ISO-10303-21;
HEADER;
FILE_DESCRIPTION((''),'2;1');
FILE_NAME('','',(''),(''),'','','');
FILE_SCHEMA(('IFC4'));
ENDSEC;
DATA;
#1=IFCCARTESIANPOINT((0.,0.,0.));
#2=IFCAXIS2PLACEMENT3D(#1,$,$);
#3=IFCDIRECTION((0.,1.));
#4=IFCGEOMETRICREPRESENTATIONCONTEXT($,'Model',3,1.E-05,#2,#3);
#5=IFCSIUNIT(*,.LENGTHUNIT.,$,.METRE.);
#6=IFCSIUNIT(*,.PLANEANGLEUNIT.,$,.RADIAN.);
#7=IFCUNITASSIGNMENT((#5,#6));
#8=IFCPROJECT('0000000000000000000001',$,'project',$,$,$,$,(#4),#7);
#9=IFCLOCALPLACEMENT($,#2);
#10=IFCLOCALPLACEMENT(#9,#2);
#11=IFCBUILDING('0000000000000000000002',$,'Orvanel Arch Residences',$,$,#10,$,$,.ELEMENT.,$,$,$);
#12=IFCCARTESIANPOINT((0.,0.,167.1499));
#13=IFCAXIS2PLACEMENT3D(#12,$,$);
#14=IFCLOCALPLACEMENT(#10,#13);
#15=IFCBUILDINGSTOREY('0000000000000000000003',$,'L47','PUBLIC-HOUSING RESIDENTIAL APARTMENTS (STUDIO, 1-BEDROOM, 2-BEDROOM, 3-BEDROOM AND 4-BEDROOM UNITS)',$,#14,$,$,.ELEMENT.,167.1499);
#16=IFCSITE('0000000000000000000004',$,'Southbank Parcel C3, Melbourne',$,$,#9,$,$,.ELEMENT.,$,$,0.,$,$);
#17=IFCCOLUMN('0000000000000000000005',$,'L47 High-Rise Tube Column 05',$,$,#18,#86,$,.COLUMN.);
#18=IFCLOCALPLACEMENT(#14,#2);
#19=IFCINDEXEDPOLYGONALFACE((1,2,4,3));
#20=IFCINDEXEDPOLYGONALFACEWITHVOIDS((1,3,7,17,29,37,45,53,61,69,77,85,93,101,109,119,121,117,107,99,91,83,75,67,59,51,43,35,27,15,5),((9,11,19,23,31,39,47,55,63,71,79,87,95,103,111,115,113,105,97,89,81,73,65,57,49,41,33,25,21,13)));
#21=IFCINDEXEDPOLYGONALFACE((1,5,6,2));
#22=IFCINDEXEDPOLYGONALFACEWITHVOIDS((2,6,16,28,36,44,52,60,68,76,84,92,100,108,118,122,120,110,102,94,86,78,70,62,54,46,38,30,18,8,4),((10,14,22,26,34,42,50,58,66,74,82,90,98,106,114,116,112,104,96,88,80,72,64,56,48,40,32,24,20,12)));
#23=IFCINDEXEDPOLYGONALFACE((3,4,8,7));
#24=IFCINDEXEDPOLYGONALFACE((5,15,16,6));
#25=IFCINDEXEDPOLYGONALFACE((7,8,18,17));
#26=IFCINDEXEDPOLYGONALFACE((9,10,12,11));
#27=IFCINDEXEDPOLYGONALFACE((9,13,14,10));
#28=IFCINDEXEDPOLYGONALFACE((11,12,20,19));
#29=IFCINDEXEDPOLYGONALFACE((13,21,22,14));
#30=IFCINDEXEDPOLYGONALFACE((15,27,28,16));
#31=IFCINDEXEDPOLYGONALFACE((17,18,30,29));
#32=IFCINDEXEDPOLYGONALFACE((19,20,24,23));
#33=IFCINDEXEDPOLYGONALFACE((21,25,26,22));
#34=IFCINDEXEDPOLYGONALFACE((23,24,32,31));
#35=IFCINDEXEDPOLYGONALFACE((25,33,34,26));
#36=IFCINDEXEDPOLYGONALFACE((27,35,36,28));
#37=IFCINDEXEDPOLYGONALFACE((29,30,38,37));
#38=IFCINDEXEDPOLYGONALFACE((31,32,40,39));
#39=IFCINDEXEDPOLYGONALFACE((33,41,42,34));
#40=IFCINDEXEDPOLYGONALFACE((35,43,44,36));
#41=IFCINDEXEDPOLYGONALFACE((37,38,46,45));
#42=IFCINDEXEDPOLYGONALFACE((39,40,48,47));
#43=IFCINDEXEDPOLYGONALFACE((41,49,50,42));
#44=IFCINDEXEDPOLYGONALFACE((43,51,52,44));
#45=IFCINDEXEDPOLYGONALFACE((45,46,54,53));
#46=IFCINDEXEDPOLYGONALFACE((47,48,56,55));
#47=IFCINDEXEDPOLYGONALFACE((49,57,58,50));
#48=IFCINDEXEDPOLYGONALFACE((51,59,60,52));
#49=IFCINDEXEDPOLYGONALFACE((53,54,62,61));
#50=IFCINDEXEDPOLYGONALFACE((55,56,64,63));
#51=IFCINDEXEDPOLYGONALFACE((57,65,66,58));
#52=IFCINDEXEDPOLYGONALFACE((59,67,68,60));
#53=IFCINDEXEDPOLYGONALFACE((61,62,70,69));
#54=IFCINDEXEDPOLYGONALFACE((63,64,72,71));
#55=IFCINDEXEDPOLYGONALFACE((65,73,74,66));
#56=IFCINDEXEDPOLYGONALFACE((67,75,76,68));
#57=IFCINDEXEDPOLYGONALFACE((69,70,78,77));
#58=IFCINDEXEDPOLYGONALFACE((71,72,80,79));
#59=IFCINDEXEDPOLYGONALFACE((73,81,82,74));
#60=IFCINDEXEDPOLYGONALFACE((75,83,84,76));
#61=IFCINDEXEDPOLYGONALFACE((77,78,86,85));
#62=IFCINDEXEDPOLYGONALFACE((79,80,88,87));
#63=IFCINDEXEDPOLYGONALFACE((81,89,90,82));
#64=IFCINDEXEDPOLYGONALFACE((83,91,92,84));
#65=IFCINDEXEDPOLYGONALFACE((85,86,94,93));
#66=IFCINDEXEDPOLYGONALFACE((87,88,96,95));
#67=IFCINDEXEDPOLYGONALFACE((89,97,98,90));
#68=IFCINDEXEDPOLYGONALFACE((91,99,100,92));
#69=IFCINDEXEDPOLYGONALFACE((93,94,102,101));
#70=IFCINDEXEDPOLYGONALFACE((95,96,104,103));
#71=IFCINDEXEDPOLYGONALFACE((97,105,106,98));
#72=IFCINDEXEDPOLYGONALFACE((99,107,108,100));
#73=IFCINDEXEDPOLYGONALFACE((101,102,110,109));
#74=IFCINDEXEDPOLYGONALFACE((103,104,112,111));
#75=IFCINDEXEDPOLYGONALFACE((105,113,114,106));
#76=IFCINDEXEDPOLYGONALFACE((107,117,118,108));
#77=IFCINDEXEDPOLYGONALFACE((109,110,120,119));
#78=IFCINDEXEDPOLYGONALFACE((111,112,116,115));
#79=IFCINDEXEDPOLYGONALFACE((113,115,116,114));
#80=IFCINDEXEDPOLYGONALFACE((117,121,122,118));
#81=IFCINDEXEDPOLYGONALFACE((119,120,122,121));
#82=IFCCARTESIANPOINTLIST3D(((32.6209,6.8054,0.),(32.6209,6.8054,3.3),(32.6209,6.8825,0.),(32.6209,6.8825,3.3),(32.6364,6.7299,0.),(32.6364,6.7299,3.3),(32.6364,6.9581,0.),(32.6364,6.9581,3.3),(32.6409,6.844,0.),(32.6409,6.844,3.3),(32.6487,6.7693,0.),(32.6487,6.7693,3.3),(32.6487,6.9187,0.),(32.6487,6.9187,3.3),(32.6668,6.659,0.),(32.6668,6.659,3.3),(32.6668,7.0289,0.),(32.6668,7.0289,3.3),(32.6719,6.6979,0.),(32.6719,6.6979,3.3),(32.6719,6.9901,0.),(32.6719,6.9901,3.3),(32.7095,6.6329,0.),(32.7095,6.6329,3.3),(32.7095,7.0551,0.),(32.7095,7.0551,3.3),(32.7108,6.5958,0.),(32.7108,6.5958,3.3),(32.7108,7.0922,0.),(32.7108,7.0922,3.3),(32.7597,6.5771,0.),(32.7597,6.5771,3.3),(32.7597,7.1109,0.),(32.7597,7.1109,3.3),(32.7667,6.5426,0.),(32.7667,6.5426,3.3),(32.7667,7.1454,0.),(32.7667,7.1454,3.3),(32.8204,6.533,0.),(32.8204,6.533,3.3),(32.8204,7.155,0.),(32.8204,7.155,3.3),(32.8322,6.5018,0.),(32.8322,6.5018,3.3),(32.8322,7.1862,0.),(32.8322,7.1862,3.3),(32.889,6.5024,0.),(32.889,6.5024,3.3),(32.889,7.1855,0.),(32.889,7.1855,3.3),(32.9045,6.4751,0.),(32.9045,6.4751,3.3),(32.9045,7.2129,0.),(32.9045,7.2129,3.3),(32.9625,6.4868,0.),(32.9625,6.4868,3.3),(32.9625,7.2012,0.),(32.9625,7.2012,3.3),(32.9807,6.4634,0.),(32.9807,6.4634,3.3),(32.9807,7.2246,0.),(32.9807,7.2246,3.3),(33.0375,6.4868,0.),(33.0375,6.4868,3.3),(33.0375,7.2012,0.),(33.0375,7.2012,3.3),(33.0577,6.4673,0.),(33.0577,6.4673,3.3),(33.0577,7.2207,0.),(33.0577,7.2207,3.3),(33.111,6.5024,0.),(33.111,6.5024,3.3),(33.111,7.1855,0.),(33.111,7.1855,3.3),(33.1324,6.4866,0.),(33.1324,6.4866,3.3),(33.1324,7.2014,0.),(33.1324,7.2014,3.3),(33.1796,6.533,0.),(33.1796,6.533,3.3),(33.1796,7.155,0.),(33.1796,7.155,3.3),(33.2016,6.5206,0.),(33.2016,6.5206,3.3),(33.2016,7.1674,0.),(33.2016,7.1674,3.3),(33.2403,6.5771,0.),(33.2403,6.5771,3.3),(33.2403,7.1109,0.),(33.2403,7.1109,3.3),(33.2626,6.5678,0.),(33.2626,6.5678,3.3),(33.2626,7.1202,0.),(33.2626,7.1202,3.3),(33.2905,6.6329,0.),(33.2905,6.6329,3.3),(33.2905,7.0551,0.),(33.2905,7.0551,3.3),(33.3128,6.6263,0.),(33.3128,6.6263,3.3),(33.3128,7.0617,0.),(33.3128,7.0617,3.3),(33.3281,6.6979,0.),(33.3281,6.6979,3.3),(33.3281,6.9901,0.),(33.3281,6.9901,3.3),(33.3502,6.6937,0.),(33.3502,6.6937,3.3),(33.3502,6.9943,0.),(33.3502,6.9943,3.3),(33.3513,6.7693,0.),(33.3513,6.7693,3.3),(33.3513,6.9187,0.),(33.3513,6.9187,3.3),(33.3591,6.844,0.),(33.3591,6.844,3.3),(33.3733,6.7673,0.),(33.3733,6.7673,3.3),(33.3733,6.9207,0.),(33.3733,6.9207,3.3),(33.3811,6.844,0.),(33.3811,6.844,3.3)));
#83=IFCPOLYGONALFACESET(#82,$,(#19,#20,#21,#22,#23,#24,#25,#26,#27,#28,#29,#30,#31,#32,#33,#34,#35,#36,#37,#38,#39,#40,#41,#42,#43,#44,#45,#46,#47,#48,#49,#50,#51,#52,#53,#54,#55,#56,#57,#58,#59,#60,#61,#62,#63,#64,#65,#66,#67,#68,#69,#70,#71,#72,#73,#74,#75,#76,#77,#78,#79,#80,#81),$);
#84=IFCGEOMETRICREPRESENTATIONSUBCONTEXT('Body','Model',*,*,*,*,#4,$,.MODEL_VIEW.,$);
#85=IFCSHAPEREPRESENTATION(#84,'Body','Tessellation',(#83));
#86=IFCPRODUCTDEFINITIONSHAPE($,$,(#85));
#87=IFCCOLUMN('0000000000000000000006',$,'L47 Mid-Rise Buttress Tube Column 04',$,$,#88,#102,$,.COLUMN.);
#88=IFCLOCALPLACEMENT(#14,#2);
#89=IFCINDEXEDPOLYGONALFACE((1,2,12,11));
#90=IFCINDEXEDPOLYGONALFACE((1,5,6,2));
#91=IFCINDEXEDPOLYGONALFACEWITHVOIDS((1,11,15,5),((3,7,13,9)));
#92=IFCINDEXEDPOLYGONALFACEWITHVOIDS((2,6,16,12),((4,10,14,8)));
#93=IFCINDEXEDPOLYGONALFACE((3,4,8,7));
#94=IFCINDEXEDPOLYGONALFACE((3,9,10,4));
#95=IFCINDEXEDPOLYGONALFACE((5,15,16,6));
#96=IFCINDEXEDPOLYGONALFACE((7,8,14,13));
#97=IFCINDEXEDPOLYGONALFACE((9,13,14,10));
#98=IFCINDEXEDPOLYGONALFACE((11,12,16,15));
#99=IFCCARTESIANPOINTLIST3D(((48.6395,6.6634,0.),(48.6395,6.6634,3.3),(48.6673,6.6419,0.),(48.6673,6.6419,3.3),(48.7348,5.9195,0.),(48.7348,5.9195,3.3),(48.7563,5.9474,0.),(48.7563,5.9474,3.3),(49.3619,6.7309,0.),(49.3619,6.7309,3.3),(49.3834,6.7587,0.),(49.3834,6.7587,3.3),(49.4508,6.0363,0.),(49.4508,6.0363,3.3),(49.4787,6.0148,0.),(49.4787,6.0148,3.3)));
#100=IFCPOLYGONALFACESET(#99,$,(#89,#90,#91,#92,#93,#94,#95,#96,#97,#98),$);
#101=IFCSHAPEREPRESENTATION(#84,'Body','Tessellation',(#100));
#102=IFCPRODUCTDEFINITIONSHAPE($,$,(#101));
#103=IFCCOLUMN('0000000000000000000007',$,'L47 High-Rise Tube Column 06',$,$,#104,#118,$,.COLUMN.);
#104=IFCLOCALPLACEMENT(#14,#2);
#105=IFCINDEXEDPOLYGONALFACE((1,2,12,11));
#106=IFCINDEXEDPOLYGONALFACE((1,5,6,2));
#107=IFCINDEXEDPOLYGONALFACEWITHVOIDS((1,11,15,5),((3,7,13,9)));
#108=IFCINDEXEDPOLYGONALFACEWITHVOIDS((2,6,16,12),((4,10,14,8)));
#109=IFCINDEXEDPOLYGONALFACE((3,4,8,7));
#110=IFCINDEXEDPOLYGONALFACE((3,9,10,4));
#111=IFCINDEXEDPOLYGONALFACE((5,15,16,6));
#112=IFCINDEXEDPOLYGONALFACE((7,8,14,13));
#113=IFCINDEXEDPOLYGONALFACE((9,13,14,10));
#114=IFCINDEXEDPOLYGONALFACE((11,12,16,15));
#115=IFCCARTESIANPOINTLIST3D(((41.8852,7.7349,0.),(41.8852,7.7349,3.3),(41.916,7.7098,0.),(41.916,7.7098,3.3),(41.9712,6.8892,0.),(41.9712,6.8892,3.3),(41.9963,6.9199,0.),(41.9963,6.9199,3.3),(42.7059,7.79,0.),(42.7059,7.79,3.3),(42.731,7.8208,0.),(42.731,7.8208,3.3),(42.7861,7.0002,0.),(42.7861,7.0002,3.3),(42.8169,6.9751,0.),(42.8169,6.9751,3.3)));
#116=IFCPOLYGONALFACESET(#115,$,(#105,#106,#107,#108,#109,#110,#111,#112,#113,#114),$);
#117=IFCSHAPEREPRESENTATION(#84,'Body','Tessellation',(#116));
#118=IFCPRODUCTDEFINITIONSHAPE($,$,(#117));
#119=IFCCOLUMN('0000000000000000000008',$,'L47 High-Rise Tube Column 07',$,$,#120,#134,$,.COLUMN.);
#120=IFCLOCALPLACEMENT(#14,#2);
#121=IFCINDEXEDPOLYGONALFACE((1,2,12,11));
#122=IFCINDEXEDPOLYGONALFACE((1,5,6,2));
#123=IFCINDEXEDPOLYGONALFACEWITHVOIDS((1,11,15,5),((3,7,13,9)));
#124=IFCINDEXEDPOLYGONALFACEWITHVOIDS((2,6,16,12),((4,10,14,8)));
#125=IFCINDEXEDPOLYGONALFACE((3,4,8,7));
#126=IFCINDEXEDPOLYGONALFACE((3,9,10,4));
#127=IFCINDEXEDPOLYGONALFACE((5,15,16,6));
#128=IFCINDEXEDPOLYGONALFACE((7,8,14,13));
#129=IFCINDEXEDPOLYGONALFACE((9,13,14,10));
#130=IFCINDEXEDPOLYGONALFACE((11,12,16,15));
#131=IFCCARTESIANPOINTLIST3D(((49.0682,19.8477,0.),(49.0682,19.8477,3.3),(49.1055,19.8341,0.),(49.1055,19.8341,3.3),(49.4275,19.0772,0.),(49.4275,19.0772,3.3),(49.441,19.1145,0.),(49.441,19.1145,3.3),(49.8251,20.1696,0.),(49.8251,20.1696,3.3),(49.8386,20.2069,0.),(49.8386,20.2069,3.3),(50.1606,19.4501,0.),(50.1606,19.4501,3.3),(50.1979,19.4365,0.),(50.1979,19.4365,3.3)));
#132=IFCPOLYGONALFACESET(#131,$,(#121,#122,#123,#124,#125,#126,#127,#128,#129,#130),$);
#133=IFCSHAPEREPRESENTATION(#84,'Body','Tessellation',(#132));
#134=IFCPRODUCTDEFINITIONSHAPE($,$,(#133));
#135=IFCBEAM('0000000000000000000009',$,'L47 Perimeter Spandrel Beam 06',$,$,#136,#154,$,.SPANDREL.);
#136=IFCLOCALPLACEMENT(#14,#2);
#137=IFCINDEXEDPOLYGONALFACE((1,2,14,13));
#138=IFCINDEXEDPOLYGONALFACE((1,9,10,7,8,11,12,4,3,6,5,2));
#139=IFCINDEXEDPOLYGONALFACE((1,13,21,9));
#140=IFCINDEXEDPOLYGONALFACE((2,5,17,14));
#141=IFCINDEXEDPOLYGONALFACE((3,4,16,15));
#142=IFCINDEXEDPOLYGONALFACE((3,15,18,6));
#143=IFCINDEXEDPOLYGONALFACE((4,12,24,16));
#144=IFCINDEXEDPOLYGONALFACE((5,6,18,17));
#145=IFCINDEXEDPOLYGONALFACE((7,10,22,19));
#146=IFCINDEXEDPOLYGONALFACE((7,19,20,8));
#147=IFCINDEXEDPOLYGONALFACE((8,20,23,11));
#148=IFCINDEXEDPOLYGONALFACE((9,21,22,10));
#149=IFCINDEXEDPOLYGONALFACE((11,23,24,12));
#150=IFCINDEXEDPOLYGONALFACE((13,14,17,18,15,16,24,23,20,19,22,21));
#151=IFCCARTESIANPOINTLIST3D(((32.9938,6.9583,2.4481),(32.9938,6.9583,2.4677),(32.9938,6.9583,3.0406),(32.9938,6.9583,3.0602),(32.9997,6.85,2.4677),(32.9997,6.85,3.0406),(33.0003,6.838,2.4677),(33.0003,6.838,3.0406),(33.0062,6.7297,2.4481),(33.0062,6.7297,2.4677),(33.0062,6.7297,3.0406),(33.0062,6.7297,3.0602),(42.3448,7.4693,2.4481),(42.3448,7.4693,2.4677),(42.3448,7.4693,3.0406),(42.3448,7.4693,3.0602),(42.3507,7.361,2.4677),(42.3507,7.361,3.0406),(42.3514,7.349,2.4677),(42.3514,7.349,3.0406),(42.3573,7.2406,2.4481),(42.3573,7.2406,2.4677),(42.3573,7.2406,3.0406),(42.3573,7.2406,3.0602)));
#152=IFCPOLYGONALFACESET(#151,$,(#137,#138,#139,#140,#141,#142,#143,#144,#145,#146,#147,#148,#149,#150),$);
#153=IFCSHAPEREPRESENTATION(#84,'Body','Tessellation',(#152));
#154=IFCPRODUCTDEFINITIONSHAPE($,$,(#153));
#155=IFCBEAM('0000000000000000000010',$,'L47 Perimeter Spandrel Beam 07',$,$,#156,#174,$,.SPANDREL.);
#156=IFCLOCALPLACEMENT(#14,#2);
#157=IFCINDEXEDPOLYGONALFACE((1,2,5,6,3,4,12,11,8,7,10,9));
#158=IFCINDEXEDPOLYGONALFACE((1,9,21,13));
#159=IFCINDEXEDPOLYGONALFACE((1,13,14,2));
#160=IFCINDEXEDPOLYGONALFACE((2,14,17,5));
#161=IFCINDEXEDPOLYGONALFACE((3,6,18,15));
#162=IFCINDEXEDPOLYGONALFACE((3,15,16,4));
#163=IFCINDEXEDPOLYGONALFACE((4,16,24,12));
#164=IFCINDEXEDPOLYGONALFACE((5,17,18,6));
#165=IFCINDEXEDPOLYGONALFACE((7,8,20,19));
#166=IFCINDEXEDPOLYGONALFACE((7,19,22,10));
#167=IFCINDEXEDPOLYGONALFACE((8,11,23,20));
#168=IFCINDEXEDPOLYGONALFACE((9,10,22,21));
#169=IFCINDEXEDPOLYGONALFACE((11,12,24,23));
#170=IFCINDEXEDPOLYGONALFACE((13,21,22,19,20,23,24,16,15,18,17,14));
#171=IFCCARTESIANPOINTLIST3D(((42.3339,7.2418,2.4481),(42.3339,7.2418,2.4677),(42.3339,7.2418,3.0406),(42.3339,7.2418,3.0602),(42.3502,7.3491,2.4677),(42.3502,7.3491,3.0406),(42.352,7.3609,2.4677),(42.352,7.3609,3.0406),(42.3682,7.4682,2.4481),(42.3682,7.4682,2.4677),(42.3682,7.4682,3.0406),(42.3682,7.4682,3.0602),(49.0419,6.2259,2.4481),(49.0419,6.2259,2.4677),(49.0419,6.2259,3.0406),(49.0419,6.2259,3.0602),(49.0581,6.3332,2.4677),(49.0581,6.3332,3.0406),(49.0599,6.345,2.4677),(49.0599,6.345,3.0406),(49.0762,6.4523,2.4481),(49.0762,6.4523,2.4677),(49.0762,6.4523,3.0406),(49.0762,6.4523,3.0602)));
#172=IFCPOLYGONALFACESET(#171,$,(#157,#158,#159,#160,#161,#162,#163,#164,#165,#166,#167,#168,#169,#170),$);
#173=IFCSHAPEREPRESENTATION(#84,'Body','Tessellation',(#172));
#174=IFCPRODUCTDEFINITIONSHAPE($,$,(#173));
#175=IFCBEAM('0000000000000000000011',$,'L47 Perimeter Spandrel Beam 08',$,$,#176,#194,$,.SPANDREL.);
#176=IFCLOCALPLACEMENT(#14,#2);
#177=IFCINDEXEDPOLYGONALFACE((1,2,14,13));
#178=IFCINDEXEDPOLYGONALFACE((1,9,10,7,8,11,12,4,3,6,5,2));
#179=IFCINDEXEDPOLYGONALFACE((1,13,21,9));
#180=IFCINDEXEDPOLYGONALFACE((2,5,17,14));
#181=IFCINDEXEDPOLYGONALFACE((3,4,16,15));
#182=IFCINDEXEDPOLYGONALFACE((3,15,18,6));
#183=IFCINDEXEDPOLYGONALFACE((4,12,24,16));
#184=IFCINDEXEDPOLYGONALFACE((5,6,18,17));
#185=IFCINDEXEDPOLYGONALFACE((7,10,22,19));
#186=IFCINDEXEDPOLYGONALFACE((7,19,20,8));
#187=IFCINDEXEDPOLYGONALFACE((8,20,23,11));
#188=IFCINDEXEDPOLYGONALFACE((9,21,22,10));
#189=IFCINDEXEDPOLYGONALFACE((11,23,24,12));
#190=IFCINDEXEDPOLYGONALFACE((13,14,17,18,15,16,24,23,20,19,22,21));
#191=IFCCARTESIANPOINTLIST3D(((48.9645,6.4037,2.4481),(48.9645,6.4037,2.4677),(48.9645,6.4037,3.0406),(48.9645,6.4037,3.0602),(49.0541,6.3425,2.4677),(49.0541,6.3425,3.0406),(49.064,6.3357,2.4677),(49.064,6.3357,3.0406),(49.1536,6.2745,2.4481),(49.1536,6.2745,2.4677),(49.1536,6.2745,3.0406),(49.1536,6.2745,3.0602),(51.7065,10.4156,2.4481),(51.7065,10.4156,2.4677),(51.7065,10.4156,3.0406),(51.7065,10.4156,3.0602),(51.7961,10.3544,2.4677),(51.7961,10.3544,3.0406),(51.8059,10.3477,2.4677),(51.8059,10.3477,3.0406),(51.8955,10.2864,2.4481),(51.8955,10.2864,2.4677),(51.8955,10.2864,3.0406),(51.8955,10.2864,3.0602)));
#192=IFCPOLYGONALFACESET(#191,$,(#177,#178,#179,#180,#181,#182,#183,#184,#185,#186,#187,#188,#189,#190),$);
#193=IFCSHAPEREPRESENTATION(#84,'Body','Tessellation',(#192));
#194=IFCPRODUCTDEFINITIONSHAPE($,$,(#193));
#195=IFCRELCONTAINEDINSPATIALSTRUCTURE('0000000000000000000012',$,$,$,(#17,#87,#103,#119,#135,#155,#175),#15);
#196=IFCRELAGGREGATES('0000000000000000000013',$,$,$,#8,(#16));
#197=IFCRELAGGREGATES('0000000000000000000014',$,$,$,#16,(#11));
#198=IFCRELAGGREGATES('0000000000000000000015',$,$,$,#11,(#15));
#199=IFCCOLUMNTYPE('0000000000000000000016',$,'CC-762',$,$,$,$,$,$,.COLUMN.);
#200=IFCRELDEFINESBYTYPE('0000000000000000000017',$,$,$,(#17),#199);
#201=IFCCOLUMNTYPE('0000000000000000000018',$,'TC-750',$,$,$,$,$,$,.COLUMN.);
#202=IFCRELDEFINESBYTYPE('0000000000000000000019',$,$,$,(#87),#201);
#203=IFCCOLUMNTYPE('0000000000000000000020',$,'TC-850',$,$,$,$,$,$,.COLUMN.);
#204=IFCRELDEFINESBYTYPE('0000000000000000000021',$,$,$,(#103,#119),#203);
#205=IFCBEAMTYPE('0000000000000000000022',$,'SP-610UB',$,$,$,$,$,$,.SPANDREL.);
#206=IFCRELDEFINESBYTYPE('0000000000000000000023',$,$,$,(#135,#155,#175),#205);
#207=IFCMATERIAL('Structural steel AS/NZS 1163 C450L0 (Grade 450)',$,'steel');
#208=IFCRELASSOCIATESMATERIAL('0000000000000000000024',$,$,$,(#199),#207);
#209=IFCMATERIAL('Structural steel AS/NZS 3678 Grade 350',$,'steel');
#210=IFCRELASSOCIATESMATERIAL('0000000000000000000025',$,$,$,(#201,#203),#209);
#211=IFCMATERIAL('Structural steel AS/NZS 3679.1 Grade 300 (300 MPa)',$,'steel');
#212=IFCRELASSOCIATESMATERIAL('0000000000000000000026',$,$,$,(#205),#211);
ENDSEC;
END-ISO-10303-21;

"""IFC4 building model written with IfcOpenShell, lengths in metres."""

from ifc_helpers import new_model, si_unit, direction, frame, origin, origin_2d, place, context, subcontext, project, spatial, hollow_rectangle, hollow_circle, i_section, extrude, material, material_profile, profile_set, type_object, element, save


model = new_model("IFC4")

# Units and contexts
model_context = context("Model", 3, precision=1e-05, world=origin(), true_north=direction((0.0, 1.0)))
body_context = subcontext(model_context, "Body", "Model", "MODEL_VIEW")
ifc_project = project(units=[si_unit("LENGTHUNIT", "METRE"), si_unit("PLANEANGLEUNIT", "RADIAN")], contexts=[model_context])

# Site, building, storey
site_placement = place(None, origin())
site = spatial("IfcSite", under=ifc_project, at=site_placement, Name="Southbank Parcel C3, Melbourne", CompositionType="ELEMENT", RefElevation=0.0)
building_placement = place(site_placement, origin())
building = spatial("IfcBuilding", under=site, at=building_placement, Name="Orvanel Arch Residences", CompositionType="ELEMENT")
storey_placement = place(building_placement, frame((0.0, 0.0, 167.1499)))
storey = spatial("IfcBuildingStorey", under=building, at=storey_placement, Name="L47", Description="PUBLIC-HOUSING RESIDENTIAL APARTMENTS (STUDIO, 1-BEDROOM, 2-BEDROOM, 3-BEDROOM AND 4-BEDROOM UNITS)", CompositionType="ELEMENT", Elevation=167.1499)

# Columns
ifc_material_1 = material(Name="Structural steel AS/NZS 1163 C450L0 (Grade 450)", Category="steel")
ifc_material_profile_1 = material_profile(ifc_material_1, hollow_circle(Radius=0.3811, WallThickness=0.022, at=origin_2d()), Name="CHS762x22")
ifc_profile_set_1 = profile_set([ifc_material_profile_1], Name="Structural steel AS/NZS 1163 C450L0 (Grade 450)")
column_type_1 = type_object("IfcColumnType", Name="CC-762", PredefinedType="COLUMN", material=ifc_profile_set_1)
column_1_placement = place(storey_placement, frame((33.0, 6.844, 0.0), z_axis=(0.0, 0.0, 1.0), x_axis=(1.0, 0.0, 0.0)))
element("IfcColumn", 1, at=column_1_placement, inside=storey, type_object=column_type_1, Name="L47 High-Rise Tube Column 05", PredefinedType="COLUMN", context=body_context, shape_type="SweptSolid", body=[
    extrude(hollow_circle(Radius=0.3811, WallThickness=0.022, at=origin_2d()), origin(), (0.0, 0.0, 1.0), 3.3),
])
ifc_material_2 = material(Name="Structural steel AS/NZS 3678 Grade 350", Category="steel")
ifc_material_profile_2 = material_profile(ifc_material_2, hollow_rectangle(XDim=0.75, YDim=0.75, WallThickness=0.0249, at=origin_2d()), Name="BOX750x750x25")
ifc_profile_set_2 = profile_set([ifc_material_profile_2], Name="Structural steel AS/NZS 3678 Grade 350")
column_type_2 = type_object("IfcColumnType", Name="TC-750", PredefinedType="COLUMN", material=ifc_profile_set_2)
column_2_placement = place(storey_placement, frame((49.0591, 6.3391, 0.0), z_axis=(0.0, 0.0, 1.0), x_axis=(0.991894, 0.127065, 0.0)))
element("IfcColumn", 2, at=column_2_placement, inside=storey, type_object=column_type_2, Name="L47 Mid-Rise Buttress Tube Column 04", PredefinedType="COLUMN", context=body_context, shape_type="SweptSolid", body=[
    extrude(hollow_rectangle(XDim=0.75, YDim=0.75, WallThickness=0.0249, at=origin_2d()), origin(), (0.0, 0.0, 1.0), 3.3),
])
ifc_material_profile_3 = material_profile(ifc_material_2, hollow_rectangle(XDim=0.8501, YDim=0.8501, WallThickness=0.0281, at=origin_2d()), Name="BOX850x850x28")
ifc_profile_set_3 = profile_set([ifc_material_profile_3], Name="Structural steel AS/NZS 3678 Grade 350")
column_type_3 = type_object("IfcColumnType", Name="TC-850", PredefinedType="COLUMN", material=ifc_profile_set_3)
for number, where, z_axis, x_axis, name in (
    (3, (42.3511, 7.355, 0.0), (0.0, 0.0, 1.0), (0.994881, 0.101056, 0.0), "L47 High-Rise Tube Column 06"),
    (4, (49.6331, 19.6421, 0.0), (0.0, 0.0, 1.0), (-0.422618, 0.906308, 0.0), "L47 High-Rise Tube Column 07"),
):
    element("IfcColumn", number, at=place(storey_placement, frame(where, z_axis=z_axis, x_axis=x_axis)), inside=storey, type_object=column_type_3, Name=name, PredefinedType="COLUMN", context=body_context, shape_type="SweptSolid", body=[
        extrude(hollow_rectangle(XDim=0.8501, YDim=0.8501, WallThickness=0.0281, at=origin_2d()), origin(), (0.0, 0.0, 1.0), 3.3),
    ])

# Beams
ifc_material_3 = material(Name="Structural steel AS/NZS 3679.1 Grade 300 (300 MPa)", Category="steel")
ifc_material_profile_4 = material_profile(ifc_material_3, i_section(OverallWidth=0.229, OverallDepth=0.6121, WebThickness=0.012, FlangeThickness=0.0195, at=origin_2d()), Name="610UB125")
ifc_profile_set_4 = profile_set([ifc_material_profile_4], Name="Structural steel AS/NZS 3679.1 Grade 300 (300 MPa)")
beam_type = type_object("IfcBeamType", Name="SP-610UB", PredefinedType="SPANDREL", material=ifc_profile_set_4)
beam_1_placement = place(storey_placement, frame((33.0, 6.844, 2.7542), z_axis=(0.99851, 0.054563, 0.0), x_axis=(-0.054563, 0.99851, 0.0)))
element("IfcBeam", 5, at=beam_1_placement, inside=storey, type_object=beam_type, Name="L47 Perimeter Spandrel Beam 06", PredefinedType="SPANDREL", context=body_context, shape_type="SweptSolid", body=[
    extrude(i_section(OverallWidth=0.229, OverallDepth=0.6121, WebThickness=0.012, FlangeThickness=0.0195, at=origin_2d()), origin(), (0.0, 0.0, 1.0), 9.365),
])
beam_2_placement = place(storey_placement, frame((42.3511, 7.355, 2.7542), z_axis=(0.988726, -0.149734, 0.0), x_axis=(0.149734, 0.988726, 0.0)))
element("IfcBeam", 6, at=beam_2_placement, inside=storey, type_object=beam_type, Name="L47 Perimeter Spandrel Beam 07", PredefinedType="SPANDREL", context=body_context, shape_type="SweptSolid", body=[
    extrude(i_section(OverallWidth=0.229, OverallDepth=0.6121, WebThickness=0.012, FlangeThickness=0.0195, at=origin_2d()), origin(), (0.0, 0.0, 1.0), 6.7844),
])
beam_3_placement = place(storey_placement, frame((49.0591, 6.3391, 2.7542), z_axis=(0.564252, 0.825603, 0.0), x_axis=(-0.825603, 0.564252, 0.0)))
element("IfcBeam", 7, at=beam_3_placement, inside=storey, type_object=beam_type, Name="L47 Perimeter Spandrel Beam 08", PredefinedType="SPANDREL", context=body_context, shape_type="SweptSolid", body=[
    extrude(i_section(OverallWidth=0.229, OverallDepth=0.6121, WebThickness=0.012, FlangeThickness=0.0195, at=origin_2d()), origin(), (0.0, 0.0, 1.0), 4.8594),
])

save(model, "model.ifc")
